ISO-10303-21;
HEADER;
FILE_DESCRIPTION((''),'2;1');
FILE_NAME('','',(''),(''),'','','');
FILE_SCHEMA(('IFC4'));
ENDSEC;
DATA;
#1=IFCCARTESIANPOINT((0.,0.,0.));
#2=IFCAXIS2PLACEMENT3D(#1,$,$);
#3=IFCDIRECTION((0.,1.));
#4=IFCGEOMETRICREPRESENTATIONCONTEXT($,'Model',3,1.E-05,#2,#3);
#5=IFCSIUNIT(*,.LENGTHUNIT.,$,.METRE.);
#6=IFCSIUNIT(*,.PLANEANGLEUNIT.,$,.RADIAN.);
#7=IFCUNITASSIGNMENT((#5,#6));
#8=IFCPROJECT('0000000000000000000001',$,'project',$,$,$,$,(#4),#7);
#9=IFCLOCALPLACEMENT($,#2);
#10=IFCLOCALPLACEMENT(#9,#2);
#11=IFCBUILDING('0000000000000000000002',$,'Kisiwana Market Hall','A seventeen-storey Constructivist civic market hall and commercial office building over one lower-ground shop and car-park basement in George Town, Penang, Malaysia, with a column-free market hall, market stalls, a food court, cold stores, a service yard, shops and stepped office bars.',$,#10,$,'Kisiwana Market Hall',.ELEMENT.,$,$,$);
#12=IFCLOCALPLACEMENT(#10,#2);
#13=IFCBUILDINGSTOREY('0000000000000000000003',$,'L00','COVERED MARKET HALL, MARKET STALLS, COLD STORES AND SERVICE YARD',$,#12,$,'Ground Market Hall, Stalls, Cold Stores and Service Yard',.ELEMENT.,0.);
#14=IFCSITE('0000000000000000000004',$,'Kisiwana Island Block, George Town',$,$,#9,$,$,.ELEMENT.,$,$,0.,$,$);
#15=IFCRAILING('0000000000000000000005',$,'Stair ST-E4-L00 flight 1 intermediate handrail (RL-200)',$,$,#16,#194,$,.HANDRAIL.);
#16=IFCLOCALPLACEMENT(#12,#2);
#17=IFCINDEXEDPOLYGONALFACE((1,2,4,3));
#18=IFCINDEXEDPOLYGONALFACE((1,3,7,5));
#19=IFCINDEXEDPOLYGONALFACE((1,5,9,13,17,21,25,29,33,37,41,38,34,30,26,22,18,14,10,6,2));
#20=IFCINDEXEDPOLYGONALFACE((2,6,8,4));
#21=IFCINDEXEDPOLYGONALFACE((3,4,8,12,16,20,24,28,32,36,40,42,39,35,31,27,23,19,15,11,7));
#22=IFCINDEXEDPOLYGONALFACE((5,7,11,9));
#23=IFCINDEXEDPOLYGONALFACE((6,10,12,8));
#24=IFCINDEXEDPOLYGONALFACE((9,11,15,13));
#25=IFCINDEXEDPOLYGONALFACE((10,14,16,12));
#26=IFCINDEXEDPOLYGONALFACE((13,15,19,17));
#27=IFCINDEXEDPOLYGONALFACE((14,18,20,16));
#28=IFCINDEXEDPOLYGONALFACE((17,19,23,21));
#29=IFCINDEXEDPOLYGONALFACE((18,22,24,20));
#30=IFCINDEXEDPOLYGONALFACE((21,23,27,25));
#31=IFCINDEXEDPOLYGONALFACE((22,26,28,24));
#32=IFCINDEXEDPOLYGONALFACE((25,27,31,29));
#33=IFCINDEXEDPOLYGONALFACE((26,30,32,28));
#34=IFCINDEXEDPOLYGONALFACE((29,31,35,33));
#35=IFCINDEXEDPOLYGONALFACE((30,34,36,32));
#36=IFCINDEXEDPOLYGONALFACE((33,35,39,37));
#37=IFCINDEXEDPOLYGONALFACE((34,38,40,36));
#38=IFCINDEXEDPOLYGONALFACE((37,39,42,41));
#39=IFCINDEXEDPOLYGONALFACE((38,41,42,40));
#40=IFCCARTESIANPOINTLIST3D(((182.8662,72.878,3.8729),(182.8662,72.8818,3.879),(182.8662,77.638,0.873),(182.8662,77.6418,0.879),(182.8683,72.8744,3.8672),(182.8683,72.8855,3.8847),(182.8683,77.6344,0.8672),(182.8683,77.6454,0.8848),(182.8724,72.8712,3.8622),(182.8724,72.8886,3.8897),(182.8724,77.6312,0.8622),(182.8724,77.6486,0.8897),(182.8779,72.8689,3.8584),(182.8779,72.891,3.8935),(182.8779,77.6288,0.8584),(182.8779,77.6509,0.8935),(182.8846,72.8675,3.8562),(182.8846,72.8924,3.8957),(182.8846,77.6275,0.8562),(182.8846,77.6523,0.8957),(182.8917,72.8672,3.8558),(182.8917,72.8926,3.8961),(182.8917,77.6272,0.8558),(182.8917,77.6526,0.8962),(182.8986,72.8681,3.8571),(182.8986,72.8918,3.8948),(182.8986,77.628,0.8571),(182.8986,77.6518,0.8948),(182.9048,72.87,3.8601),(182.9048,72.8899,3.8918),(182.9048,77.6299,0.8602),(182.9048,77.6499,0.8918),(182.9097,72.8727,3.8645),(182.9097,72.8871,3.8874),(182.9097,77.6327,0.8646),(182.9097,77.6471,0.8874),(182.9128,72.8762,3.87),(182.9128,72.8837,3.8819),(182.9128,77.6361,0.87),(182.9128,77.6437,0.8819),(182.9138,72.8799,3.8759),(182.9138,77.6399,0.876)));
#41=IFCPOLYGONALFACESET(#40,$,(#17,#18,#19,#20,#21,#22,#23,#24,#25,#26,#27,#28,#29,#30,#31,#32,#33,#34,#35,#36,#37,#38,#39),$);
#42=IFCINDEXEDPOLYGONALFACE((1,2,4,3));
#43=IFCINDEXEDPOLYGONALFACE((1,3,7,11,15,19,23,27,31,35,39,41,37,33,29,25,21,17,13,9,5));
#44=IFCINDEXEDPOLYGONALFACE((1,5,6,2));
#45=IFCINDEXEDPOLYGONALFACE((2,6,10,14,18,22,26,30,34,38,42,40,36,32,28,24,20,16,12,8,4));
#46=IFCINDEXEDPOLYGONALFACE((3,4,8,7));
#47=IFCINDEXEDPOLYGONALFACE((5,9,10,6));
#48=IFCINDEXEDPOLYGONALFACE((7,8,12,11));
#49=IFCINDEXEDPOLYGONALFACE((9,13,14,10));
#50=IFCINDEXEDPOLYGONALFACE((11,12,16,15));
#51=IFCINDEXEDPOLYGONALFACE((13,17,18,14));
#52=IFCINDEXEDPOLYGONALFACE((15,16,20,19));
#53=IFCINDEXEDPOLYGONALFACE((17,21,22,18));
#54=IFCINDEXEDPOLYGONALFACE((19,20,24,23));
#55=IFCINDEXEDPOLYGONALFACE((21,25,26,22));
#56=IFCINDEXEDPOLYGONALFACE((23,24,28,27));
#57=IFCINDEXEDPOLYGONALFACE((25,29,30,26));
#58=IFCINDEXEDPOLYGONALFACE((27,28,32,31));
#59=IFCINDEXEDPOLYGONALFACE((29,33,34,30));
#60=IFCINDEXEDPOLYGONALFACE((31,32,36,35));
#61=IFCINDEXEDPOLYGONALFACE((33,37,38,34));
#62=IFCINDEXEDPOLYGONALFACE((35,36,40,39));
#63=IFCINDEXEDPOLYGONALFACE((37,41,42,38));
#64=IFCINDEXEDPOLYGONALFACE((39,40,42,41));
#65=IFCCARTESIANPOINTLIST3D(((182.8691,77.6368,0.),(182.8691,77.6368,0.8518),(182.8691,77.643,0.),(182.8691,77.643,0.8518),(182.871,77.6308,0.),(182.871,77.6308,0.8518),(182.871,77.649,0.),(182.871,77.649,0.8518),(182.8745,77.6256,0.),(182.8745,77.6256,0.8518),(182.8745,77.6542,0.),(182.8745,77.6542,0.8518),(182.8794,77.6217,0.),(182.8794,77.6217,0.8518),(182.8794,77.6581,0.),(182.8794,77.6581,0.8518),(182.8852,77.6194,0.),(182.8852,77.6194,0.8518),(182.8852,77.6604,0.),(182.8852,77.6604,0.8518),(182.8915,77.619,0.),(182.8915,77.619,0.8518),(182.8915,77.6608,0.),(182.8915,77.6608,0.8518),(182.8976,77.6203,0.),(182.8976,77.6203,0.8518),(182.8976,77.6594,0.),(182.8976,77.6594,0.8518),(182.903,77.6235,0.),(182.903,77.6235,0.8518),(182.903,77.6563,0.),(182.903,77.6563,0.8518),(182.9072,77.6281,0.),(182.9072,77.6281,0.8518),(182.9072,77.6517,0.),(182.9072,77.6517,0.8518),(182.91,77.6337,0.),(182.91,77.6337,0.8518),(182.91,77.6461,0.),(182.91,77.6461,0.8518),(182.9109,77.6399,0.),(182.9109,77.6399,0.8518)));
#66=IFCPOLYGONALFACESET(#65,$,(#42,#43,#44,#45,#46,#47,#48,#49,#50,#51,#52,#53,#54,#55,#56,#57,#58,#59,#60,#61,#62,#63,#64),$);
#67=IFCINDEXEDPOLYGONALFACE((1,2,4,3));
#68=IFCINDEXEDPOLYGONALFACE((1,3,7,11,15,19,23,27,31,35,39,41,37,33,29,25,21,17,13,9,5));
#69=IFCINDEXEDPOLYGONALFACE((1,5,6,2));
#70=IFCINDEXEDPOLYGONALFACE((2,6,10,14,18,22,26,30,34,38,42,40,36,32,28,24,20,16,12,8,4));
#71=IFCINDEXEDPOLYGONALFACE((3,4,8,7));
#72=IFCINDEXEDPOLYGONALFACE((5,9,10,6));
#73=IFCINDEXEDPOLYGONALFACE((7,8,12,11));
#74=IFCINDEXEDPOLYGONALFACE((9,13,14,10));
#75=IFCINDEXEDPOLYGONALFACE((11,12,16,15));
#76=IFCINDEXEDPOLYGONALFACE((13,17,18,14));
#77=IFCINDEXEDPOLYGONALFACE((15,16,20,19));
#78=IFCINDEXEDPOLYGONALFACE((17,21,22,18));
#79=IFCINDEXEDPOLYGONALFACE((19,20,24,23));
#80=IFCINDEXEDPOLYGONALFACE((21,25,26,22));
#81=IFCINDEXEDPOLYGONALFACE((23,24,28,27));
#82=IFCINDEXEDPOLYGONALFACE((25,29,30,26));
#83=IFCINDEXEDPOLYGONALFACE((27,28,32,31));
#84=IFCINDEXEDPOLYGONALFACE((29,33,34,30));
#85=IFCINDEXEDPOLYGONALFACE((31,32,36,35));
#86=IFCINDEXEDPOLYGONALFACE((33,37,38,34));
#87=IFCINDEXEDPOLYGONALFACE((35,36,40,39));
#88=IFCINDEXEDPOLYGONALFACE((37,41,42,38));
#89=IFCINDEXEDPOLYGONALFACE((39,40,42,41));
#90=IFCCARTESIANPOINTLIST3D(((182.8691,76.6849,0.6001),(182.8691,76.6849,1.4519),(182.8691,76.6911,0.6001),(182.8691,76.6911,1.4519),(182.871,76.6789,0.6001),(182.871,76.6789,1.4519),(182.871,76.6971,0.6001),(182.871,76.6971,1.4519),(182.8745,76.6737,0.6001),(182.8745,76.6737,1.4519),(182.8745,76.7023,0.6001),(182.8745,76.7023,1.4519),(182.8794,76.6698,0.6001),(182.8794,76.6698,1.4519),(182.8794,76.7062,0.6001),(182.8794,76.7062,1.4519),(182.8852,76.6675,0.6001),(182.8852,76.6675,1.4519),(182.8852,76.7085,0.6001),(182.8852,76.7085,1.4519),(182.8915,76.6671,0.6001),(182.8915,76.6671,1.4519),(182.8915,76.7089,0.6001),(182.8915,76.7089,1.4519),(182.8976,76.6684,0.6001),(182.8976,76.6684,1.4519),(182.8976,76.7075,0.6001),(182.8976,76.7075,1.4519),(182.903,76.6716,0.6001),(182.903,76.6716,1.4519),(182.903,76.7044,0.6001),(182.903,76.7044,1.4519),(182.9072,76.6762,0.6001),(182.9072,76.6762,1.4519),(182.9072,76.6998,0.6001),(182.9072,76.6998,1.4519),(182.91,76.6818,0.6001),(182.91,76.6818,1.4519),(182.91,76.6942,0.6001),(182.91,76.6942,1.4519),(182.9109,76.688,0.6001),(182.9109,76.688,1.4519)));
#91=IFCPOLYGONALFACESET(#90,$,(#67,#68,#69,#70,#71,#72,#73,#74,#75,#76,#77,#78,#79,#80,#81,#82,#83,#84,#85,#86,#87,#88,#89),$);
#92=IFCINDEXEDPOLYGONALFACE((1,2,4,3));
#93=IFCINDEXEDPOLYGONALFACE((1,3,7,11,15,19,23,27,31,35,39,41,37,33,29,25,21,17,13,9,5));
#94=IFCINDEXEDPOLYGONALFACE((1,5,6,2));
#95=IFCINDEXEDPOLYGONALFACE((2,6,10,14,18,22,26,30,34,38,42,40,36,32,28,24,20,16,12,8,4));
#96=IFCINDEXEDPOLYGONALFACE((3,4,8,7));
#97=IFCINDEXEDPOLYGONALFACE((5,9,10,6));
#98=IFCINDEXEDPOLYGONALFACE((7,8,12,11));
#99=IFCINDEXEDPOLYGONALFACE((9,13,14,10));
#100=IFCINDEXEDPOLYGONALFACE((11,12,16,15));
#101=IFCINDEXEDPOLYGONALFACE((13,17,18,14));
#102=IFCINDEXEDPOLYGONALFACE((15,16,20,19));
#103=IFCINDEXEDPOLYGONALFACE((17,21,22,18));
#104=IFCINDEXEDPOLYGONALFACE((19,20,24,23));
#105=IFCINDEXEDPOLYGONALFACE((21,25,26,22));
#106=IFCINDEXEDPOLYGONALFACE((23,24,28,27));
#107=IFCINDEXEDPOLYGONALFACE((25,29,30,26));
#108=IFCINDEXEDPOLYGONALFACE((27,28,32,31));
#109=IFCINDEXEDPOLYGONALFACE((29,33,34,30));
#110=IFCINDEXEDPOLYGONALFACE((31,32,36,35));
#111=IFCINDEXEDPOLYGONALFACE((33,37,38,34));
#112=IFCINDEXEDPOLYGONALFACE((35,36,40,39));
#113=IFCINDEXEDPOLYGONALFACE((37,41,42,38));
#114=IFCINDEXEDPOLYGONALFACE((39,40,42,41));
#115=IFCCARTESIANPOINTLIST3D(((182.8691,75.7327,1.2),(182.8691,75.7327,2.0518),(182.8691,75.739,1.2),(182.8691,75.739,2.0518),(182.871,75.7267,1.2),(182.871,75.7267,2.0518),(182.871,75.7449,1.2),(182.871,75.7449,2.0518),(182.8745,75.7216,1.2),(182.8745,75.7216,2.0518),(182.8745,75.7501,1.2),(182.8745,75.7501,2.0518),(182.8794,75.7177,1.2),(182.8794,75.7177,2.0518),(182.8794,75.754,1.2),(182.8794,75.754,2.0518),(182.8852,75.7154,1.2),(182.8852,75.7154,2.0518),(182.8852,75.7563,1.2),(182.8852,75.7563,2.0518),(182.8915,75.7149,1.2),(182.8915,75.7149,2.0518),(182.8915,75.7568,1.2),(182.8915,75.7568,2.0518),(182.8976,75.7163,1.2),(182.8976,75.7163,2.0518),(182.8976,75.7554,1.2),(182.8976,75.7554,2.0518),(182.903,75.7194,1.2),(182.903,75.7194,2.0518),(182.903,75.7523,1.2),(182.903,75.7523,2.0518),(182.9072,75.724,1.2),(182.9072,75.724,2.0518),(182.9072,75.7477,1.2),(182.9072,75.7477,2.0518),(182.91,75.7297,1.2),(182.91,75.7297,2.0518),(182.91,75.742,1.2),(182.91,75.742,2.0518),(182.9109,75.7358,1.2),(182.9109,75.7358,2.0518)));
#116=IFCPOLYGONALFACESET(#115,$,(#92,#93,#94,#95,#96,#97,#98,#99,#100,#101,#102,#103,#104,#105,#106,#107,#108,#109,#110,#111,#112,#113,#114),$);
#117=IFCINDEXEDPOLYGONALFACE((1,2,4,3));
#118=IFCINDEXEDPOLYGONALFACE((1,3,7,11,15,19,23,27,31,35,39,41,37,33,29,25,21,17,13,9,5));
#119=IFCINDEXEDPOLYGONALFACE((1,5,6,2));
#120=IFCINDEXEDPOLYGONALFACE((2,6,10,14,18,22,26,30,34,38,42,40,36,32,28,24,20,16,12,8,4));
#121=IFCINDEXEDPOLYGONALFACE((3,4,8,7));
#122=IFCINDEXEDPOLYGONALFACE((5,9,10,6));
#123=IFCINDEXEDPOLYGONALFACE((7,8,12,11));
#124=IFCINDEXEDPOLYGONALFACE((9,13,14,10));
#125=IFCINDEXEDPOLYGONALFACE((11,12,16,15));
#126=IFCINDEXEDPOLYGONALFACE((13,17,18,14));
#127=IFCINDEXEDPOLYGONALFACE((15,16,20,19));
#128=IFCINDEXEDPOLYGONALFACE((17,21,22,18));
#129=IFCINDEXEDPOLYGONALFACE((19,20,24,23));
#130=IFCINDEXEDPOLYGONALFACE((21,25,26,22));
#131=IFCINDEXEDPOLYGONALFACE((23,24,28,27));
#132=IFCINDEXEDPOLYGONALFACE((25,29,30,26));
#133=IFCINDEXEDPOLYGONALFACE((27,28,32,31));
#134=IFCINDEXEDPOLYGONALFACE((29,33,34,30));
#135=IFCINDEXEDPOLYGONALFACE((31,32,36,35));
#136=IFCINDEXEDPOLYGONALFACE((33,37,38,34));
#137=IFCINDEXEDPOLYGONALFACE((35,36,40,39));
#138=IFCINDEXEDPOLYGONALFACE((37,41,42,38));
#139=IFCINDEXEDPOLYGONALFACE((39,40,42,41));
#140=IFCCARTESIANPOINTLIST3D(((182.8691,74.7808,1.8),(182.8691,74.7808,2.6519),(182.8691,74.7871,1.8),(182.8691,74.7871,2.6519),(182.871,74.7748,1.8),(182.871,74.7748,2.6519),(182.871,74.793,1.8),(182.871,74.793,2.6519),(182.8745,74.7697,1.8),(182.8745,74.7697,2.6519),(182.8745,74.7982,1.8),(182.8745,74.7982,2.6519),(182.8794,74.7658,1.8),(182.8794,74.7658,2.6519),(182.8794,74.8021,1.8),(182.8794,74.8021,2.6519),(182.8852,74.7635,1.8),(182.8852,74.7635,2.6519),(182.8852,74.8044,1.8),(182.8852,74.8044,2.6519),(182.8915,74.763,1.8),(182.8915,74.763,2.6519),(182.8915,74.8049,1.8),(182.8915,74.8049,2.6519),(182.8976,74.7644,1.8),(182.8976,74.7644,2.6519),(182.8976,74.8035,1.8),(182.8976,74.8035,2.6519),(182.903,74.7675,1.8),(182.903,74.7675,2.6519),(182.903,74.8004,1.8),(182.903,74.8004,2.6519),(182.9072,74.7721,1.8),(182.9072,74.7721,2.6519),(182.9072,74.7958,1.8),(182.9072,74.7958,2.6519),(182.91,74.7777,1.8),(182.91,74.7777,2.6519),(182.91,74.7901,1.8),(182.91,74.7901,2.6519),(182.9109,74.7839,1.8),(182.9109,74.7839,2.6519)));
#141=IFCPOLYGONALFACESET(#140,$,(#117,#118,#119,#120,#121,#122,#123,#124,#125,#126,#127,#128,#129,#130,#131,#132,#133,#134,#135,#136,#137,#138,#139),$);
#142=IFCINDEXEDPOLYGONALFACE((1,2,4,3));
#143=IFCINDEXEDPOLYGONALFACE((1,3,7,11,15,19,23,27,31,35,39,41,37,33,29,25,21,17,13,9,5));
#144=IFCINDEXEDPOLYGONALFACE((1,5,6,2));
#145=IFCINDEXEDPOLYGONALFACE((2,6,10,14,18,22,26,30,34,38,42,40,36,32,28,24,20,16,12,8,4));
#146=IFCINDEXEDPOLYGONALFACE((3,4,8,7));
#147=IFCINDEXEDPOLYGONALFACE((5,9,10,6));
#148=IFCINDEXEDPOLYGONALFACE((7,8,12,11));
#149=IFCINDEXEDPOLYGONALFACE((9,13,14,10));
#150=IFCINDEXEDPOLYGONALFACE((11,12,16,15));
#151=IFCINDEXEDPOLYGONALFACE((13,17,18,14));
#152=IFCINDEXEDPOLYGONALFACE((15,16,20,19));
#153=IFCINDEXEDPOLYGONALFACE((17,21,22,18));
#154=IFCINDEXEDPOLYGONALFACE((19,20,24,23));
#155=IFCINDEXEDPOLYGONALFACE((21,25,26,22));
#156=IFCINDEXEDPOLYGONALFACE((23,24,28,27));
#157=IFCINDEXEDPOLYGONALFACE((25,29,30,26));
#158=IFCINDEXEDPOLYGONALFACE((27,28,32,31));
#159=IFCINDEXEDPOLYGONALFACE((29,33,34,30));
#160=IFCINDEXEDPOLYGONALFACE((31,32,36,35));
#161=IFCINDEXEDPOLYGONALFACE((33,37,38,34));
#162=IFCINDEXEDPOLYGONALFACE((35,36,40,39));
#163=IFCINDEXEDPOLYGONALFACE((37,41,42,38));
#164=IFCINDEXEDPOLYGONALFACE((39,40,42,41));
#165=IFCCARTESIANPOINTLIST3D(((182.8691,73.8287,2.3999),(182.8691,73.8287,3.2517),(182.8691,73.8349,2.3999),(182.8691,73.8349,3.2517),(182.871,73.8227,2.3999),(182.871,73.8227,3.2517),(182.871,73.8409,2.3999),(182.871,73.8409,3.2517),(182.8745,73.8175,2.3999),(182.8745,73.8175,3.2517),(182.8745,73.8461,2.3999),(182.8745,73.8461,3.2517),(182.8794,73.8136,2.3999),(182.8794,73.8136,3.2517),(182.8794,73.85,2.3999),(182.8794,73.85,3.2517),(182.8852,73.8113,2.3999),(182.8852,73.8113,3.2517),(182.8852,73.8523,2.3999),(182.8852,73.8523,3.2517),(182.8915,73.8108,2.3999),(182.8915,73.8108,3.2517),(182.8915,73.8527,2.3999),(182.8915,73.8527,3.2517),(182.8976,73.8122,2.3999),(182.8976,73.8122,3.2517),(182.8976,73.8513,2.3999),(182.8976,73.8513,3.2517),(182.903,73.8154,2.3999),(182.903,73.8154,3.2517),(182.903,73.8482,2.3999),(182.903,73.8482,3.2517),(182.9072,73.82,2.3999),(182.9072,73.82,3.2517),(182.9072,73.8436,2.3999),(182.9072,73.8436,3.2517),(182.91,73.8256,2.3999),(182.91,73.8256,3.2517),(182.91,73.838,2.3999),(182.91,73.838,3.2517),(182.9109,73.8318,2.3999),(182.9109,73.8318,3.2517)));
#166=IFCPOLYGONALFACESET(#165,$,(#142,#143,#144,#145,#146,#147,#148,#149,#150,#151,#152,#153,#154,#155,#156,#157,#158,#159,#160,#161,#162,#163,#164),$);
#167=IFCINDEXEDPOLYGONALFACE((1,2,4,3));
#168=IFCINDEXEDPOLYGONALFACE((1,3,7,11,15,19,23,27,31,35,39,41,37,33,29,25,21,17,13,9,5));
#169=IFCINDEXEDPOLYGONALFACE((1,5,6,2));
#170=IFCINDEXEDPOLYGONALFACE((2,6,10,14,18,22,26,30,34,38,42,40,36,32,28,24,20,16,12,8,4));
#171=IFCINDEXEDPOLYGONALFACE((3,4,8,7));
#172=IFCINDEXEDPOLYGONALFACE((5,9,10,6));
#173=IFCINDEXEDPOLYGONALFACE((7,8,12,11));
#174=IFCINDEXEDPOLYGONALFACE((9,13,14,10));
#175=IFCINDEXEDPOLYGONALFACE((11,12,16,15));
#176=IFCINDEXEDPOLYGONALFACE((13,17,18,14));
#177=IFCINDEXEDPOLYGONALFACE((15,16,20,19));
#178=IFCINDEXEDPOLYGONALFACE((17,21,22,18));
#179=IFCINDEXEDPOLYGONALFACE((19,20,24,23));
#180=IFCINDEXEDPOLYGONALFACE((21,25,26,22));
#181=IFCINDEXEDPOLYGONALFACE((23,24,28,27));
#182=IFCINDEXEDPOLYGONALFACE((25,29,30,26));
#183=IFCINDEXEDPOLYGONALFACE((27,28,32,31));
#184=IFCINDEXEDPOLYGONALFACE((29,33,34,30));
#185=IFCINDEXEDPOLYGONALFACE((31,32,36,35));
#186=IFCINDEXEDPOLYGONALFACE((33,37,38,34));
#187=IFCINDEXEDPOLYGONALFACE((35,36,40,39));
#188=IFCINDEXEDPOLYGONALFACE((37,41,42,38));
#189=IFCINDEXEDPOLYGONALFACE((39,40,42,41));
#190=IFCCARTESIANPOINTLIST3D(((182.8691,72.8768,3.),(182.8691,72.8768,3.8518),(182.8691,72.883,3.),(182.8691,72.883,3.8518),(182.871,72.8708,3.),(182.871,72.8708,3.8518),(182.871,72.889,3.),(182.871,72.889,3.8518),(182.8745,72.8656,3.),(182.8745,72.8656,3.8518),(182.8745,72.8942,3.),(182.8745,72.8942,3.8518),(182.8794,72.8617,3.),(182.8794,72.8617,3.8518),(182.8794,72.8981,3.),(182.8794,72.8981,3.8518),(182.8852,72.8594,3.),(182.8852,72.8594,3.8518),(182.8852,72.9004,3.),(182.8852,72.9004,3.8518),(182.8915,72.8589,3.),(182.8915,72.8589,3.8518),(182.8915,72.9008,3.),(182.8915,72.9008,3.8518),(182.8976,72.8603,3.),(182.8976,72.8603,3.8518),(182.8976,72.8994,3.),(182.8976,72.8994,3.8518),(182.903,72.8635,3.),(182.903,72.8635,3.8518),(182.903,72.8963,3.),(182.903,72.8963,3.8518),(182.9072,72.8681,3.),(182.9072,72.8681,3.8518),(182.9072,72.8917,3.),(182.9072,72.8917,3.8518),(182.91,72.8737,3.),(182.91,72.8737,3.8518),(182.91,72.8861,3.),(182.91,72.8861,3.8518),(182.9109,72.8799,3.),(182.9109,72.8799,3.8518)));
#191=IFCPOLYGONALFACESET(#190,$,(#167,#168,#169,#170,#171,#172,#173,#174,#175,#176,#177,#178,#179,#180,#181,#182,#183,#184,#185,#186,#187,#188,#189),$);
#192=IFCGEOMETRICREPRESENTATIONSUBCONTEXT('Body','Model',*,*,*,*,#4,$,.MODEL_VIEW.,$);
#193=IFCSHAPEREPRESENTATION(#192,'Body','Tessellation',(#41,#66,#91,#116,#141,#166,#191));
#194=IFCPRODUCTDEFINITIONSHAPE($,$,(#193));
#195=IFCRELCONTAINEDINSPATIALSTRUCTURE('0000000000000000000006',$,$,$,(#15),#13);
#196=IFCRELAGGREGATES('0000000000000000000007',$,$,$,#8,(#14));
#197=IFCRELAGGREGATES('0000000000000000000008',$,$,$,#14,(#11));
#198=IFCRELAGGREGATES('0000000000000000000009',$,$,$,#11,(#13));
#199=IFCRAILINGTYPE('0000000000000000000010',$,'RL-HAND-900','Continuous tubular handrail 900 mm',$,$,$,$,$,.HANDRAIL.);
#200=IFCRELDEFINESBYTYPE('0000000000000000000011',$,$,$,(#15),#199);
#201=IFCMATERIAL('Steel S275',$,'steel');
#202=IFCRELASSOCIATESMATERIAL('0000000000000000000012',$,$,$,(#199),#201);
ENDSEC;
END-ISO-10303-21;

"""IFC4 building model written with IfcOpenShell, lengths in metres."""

from ifc_helpers import new_model, si_unit, direction, frame, origin, origin_2d, place, context, subcontext, project, spatial, circle, extrude, material, type_object, element, save


model = new_model("IFC4")

# Units and contexts
model_context = context("Model", 3, precision=1e-05, world=origin(), true_north=direction((0.0, 1.0)))
body_context = subcontext(model_context, "Body", "Model", "MODEL_VIEW")
ifc_project = project(units=[si_unit("LENGTHUNIT", "METRE"), si_unit("PLANEANGLEUNIT", "RADIAN")], contexts=[model_context])

# Site, building, storey
site_placement = place(None, origin())
site = spatial("IfcSite", under=ifc_project, at=site_placement, Name="Kisiwana Island Block, George Town", CompositionType="ELEMENT", RefElevation=0.0)
building_placement = place(site_placement, origin())
building = spatial("IfcBuilding", under=site, at=building_placement, Name="Kisiwana Market Hall", Description="A seventeen-storey Constructivist civic market hall and commercial office building over one lower-ground shop and car-park basement in George Town, Penang, Malaysia, with a column-free market hall, market stalls, a food court, cold stores, a service yard, shops and stepped office bars.", LongName="Kisiwana Market Hall", CompositionType="ELEMENT")
storey_placement = place(building_placement, origin())
storey = spatial("IfcBuildingStorey", under=building, at=storey_placement, Name="L00", Description="COVERED MARKET HALL, MARKET STALLS, COLD STORES AND SERVICE YARD", LongName="Ground Market Hall, Stalls, Cold Stores and Service Yard", CompositionType="ELEMENT", Elevation=0.0)

# Railing
ifc_material_1 = material(Name="Steel S275", Category="steel")
railing_type_1 = type_object("IfcRailingType", Name="RL-HAND-900", Description="Continuous tubular handrail 900 mm", PredefinedType="HANDRAIL", material=ifc_material_1)
for number, where, name in (
    (1, (182.8899, 77.6399, 0.0), "Stair ST-E4-L00 flight 1 intermediate handrail (RL-200)"),
):
    element("IfcRailing", number, at=place(storey_placement, frame(where)), inside=storey, type_object=railing_type_1, Name=name, PredefinedType="HANDRAIL", context=body_context, shape_type="SweptSolid", body=[
        extrude(circle(Radius=0.0239, at=origin_2d()), frame((0.0, 0.0, 0.876), z_axis=(0.0, -0.845996, 0.53319), x_axis=(1.0, 0.0, 0.0)), (0.0, 0.0, 1.0), 5.6265),
        extrude(circle(Radius=0.021, at=origin_2d()), origin(), (0.0, 0.0, 1.0), 0.8518),
        extrude(circle(Radius=0.021, at=origin_2d()), frame((0.0, -0.9519, 0.6001)), (0.0, 0.0, 1.0), 0.8518),
        extrude(circle(Radius=0.021, at=origin_2d()), frame((0.0, -1.9041, 1.2)), (0.0, 0.0, 1.0), 0.8518),
        extrude(circle(Radius=0.021, at=origin_2d()), frame((0.0, -2.856, 1.8)), (0.0, 0.0, 1.0), 0.8518),
        extrude(circle(Radius=0.021, at=origin_2d()), frame((0.0, -3.8081, 2.3999)), (0.0, 0.0, 1.0), 0.8518),
        extrude(circle(Radius=0.021, at=origin_2d()), frame((0.0, -4.76, 3.0)), (0.0, 0.0, 1.0), 0.8518),
    ])

save(model, "model.ifc")
